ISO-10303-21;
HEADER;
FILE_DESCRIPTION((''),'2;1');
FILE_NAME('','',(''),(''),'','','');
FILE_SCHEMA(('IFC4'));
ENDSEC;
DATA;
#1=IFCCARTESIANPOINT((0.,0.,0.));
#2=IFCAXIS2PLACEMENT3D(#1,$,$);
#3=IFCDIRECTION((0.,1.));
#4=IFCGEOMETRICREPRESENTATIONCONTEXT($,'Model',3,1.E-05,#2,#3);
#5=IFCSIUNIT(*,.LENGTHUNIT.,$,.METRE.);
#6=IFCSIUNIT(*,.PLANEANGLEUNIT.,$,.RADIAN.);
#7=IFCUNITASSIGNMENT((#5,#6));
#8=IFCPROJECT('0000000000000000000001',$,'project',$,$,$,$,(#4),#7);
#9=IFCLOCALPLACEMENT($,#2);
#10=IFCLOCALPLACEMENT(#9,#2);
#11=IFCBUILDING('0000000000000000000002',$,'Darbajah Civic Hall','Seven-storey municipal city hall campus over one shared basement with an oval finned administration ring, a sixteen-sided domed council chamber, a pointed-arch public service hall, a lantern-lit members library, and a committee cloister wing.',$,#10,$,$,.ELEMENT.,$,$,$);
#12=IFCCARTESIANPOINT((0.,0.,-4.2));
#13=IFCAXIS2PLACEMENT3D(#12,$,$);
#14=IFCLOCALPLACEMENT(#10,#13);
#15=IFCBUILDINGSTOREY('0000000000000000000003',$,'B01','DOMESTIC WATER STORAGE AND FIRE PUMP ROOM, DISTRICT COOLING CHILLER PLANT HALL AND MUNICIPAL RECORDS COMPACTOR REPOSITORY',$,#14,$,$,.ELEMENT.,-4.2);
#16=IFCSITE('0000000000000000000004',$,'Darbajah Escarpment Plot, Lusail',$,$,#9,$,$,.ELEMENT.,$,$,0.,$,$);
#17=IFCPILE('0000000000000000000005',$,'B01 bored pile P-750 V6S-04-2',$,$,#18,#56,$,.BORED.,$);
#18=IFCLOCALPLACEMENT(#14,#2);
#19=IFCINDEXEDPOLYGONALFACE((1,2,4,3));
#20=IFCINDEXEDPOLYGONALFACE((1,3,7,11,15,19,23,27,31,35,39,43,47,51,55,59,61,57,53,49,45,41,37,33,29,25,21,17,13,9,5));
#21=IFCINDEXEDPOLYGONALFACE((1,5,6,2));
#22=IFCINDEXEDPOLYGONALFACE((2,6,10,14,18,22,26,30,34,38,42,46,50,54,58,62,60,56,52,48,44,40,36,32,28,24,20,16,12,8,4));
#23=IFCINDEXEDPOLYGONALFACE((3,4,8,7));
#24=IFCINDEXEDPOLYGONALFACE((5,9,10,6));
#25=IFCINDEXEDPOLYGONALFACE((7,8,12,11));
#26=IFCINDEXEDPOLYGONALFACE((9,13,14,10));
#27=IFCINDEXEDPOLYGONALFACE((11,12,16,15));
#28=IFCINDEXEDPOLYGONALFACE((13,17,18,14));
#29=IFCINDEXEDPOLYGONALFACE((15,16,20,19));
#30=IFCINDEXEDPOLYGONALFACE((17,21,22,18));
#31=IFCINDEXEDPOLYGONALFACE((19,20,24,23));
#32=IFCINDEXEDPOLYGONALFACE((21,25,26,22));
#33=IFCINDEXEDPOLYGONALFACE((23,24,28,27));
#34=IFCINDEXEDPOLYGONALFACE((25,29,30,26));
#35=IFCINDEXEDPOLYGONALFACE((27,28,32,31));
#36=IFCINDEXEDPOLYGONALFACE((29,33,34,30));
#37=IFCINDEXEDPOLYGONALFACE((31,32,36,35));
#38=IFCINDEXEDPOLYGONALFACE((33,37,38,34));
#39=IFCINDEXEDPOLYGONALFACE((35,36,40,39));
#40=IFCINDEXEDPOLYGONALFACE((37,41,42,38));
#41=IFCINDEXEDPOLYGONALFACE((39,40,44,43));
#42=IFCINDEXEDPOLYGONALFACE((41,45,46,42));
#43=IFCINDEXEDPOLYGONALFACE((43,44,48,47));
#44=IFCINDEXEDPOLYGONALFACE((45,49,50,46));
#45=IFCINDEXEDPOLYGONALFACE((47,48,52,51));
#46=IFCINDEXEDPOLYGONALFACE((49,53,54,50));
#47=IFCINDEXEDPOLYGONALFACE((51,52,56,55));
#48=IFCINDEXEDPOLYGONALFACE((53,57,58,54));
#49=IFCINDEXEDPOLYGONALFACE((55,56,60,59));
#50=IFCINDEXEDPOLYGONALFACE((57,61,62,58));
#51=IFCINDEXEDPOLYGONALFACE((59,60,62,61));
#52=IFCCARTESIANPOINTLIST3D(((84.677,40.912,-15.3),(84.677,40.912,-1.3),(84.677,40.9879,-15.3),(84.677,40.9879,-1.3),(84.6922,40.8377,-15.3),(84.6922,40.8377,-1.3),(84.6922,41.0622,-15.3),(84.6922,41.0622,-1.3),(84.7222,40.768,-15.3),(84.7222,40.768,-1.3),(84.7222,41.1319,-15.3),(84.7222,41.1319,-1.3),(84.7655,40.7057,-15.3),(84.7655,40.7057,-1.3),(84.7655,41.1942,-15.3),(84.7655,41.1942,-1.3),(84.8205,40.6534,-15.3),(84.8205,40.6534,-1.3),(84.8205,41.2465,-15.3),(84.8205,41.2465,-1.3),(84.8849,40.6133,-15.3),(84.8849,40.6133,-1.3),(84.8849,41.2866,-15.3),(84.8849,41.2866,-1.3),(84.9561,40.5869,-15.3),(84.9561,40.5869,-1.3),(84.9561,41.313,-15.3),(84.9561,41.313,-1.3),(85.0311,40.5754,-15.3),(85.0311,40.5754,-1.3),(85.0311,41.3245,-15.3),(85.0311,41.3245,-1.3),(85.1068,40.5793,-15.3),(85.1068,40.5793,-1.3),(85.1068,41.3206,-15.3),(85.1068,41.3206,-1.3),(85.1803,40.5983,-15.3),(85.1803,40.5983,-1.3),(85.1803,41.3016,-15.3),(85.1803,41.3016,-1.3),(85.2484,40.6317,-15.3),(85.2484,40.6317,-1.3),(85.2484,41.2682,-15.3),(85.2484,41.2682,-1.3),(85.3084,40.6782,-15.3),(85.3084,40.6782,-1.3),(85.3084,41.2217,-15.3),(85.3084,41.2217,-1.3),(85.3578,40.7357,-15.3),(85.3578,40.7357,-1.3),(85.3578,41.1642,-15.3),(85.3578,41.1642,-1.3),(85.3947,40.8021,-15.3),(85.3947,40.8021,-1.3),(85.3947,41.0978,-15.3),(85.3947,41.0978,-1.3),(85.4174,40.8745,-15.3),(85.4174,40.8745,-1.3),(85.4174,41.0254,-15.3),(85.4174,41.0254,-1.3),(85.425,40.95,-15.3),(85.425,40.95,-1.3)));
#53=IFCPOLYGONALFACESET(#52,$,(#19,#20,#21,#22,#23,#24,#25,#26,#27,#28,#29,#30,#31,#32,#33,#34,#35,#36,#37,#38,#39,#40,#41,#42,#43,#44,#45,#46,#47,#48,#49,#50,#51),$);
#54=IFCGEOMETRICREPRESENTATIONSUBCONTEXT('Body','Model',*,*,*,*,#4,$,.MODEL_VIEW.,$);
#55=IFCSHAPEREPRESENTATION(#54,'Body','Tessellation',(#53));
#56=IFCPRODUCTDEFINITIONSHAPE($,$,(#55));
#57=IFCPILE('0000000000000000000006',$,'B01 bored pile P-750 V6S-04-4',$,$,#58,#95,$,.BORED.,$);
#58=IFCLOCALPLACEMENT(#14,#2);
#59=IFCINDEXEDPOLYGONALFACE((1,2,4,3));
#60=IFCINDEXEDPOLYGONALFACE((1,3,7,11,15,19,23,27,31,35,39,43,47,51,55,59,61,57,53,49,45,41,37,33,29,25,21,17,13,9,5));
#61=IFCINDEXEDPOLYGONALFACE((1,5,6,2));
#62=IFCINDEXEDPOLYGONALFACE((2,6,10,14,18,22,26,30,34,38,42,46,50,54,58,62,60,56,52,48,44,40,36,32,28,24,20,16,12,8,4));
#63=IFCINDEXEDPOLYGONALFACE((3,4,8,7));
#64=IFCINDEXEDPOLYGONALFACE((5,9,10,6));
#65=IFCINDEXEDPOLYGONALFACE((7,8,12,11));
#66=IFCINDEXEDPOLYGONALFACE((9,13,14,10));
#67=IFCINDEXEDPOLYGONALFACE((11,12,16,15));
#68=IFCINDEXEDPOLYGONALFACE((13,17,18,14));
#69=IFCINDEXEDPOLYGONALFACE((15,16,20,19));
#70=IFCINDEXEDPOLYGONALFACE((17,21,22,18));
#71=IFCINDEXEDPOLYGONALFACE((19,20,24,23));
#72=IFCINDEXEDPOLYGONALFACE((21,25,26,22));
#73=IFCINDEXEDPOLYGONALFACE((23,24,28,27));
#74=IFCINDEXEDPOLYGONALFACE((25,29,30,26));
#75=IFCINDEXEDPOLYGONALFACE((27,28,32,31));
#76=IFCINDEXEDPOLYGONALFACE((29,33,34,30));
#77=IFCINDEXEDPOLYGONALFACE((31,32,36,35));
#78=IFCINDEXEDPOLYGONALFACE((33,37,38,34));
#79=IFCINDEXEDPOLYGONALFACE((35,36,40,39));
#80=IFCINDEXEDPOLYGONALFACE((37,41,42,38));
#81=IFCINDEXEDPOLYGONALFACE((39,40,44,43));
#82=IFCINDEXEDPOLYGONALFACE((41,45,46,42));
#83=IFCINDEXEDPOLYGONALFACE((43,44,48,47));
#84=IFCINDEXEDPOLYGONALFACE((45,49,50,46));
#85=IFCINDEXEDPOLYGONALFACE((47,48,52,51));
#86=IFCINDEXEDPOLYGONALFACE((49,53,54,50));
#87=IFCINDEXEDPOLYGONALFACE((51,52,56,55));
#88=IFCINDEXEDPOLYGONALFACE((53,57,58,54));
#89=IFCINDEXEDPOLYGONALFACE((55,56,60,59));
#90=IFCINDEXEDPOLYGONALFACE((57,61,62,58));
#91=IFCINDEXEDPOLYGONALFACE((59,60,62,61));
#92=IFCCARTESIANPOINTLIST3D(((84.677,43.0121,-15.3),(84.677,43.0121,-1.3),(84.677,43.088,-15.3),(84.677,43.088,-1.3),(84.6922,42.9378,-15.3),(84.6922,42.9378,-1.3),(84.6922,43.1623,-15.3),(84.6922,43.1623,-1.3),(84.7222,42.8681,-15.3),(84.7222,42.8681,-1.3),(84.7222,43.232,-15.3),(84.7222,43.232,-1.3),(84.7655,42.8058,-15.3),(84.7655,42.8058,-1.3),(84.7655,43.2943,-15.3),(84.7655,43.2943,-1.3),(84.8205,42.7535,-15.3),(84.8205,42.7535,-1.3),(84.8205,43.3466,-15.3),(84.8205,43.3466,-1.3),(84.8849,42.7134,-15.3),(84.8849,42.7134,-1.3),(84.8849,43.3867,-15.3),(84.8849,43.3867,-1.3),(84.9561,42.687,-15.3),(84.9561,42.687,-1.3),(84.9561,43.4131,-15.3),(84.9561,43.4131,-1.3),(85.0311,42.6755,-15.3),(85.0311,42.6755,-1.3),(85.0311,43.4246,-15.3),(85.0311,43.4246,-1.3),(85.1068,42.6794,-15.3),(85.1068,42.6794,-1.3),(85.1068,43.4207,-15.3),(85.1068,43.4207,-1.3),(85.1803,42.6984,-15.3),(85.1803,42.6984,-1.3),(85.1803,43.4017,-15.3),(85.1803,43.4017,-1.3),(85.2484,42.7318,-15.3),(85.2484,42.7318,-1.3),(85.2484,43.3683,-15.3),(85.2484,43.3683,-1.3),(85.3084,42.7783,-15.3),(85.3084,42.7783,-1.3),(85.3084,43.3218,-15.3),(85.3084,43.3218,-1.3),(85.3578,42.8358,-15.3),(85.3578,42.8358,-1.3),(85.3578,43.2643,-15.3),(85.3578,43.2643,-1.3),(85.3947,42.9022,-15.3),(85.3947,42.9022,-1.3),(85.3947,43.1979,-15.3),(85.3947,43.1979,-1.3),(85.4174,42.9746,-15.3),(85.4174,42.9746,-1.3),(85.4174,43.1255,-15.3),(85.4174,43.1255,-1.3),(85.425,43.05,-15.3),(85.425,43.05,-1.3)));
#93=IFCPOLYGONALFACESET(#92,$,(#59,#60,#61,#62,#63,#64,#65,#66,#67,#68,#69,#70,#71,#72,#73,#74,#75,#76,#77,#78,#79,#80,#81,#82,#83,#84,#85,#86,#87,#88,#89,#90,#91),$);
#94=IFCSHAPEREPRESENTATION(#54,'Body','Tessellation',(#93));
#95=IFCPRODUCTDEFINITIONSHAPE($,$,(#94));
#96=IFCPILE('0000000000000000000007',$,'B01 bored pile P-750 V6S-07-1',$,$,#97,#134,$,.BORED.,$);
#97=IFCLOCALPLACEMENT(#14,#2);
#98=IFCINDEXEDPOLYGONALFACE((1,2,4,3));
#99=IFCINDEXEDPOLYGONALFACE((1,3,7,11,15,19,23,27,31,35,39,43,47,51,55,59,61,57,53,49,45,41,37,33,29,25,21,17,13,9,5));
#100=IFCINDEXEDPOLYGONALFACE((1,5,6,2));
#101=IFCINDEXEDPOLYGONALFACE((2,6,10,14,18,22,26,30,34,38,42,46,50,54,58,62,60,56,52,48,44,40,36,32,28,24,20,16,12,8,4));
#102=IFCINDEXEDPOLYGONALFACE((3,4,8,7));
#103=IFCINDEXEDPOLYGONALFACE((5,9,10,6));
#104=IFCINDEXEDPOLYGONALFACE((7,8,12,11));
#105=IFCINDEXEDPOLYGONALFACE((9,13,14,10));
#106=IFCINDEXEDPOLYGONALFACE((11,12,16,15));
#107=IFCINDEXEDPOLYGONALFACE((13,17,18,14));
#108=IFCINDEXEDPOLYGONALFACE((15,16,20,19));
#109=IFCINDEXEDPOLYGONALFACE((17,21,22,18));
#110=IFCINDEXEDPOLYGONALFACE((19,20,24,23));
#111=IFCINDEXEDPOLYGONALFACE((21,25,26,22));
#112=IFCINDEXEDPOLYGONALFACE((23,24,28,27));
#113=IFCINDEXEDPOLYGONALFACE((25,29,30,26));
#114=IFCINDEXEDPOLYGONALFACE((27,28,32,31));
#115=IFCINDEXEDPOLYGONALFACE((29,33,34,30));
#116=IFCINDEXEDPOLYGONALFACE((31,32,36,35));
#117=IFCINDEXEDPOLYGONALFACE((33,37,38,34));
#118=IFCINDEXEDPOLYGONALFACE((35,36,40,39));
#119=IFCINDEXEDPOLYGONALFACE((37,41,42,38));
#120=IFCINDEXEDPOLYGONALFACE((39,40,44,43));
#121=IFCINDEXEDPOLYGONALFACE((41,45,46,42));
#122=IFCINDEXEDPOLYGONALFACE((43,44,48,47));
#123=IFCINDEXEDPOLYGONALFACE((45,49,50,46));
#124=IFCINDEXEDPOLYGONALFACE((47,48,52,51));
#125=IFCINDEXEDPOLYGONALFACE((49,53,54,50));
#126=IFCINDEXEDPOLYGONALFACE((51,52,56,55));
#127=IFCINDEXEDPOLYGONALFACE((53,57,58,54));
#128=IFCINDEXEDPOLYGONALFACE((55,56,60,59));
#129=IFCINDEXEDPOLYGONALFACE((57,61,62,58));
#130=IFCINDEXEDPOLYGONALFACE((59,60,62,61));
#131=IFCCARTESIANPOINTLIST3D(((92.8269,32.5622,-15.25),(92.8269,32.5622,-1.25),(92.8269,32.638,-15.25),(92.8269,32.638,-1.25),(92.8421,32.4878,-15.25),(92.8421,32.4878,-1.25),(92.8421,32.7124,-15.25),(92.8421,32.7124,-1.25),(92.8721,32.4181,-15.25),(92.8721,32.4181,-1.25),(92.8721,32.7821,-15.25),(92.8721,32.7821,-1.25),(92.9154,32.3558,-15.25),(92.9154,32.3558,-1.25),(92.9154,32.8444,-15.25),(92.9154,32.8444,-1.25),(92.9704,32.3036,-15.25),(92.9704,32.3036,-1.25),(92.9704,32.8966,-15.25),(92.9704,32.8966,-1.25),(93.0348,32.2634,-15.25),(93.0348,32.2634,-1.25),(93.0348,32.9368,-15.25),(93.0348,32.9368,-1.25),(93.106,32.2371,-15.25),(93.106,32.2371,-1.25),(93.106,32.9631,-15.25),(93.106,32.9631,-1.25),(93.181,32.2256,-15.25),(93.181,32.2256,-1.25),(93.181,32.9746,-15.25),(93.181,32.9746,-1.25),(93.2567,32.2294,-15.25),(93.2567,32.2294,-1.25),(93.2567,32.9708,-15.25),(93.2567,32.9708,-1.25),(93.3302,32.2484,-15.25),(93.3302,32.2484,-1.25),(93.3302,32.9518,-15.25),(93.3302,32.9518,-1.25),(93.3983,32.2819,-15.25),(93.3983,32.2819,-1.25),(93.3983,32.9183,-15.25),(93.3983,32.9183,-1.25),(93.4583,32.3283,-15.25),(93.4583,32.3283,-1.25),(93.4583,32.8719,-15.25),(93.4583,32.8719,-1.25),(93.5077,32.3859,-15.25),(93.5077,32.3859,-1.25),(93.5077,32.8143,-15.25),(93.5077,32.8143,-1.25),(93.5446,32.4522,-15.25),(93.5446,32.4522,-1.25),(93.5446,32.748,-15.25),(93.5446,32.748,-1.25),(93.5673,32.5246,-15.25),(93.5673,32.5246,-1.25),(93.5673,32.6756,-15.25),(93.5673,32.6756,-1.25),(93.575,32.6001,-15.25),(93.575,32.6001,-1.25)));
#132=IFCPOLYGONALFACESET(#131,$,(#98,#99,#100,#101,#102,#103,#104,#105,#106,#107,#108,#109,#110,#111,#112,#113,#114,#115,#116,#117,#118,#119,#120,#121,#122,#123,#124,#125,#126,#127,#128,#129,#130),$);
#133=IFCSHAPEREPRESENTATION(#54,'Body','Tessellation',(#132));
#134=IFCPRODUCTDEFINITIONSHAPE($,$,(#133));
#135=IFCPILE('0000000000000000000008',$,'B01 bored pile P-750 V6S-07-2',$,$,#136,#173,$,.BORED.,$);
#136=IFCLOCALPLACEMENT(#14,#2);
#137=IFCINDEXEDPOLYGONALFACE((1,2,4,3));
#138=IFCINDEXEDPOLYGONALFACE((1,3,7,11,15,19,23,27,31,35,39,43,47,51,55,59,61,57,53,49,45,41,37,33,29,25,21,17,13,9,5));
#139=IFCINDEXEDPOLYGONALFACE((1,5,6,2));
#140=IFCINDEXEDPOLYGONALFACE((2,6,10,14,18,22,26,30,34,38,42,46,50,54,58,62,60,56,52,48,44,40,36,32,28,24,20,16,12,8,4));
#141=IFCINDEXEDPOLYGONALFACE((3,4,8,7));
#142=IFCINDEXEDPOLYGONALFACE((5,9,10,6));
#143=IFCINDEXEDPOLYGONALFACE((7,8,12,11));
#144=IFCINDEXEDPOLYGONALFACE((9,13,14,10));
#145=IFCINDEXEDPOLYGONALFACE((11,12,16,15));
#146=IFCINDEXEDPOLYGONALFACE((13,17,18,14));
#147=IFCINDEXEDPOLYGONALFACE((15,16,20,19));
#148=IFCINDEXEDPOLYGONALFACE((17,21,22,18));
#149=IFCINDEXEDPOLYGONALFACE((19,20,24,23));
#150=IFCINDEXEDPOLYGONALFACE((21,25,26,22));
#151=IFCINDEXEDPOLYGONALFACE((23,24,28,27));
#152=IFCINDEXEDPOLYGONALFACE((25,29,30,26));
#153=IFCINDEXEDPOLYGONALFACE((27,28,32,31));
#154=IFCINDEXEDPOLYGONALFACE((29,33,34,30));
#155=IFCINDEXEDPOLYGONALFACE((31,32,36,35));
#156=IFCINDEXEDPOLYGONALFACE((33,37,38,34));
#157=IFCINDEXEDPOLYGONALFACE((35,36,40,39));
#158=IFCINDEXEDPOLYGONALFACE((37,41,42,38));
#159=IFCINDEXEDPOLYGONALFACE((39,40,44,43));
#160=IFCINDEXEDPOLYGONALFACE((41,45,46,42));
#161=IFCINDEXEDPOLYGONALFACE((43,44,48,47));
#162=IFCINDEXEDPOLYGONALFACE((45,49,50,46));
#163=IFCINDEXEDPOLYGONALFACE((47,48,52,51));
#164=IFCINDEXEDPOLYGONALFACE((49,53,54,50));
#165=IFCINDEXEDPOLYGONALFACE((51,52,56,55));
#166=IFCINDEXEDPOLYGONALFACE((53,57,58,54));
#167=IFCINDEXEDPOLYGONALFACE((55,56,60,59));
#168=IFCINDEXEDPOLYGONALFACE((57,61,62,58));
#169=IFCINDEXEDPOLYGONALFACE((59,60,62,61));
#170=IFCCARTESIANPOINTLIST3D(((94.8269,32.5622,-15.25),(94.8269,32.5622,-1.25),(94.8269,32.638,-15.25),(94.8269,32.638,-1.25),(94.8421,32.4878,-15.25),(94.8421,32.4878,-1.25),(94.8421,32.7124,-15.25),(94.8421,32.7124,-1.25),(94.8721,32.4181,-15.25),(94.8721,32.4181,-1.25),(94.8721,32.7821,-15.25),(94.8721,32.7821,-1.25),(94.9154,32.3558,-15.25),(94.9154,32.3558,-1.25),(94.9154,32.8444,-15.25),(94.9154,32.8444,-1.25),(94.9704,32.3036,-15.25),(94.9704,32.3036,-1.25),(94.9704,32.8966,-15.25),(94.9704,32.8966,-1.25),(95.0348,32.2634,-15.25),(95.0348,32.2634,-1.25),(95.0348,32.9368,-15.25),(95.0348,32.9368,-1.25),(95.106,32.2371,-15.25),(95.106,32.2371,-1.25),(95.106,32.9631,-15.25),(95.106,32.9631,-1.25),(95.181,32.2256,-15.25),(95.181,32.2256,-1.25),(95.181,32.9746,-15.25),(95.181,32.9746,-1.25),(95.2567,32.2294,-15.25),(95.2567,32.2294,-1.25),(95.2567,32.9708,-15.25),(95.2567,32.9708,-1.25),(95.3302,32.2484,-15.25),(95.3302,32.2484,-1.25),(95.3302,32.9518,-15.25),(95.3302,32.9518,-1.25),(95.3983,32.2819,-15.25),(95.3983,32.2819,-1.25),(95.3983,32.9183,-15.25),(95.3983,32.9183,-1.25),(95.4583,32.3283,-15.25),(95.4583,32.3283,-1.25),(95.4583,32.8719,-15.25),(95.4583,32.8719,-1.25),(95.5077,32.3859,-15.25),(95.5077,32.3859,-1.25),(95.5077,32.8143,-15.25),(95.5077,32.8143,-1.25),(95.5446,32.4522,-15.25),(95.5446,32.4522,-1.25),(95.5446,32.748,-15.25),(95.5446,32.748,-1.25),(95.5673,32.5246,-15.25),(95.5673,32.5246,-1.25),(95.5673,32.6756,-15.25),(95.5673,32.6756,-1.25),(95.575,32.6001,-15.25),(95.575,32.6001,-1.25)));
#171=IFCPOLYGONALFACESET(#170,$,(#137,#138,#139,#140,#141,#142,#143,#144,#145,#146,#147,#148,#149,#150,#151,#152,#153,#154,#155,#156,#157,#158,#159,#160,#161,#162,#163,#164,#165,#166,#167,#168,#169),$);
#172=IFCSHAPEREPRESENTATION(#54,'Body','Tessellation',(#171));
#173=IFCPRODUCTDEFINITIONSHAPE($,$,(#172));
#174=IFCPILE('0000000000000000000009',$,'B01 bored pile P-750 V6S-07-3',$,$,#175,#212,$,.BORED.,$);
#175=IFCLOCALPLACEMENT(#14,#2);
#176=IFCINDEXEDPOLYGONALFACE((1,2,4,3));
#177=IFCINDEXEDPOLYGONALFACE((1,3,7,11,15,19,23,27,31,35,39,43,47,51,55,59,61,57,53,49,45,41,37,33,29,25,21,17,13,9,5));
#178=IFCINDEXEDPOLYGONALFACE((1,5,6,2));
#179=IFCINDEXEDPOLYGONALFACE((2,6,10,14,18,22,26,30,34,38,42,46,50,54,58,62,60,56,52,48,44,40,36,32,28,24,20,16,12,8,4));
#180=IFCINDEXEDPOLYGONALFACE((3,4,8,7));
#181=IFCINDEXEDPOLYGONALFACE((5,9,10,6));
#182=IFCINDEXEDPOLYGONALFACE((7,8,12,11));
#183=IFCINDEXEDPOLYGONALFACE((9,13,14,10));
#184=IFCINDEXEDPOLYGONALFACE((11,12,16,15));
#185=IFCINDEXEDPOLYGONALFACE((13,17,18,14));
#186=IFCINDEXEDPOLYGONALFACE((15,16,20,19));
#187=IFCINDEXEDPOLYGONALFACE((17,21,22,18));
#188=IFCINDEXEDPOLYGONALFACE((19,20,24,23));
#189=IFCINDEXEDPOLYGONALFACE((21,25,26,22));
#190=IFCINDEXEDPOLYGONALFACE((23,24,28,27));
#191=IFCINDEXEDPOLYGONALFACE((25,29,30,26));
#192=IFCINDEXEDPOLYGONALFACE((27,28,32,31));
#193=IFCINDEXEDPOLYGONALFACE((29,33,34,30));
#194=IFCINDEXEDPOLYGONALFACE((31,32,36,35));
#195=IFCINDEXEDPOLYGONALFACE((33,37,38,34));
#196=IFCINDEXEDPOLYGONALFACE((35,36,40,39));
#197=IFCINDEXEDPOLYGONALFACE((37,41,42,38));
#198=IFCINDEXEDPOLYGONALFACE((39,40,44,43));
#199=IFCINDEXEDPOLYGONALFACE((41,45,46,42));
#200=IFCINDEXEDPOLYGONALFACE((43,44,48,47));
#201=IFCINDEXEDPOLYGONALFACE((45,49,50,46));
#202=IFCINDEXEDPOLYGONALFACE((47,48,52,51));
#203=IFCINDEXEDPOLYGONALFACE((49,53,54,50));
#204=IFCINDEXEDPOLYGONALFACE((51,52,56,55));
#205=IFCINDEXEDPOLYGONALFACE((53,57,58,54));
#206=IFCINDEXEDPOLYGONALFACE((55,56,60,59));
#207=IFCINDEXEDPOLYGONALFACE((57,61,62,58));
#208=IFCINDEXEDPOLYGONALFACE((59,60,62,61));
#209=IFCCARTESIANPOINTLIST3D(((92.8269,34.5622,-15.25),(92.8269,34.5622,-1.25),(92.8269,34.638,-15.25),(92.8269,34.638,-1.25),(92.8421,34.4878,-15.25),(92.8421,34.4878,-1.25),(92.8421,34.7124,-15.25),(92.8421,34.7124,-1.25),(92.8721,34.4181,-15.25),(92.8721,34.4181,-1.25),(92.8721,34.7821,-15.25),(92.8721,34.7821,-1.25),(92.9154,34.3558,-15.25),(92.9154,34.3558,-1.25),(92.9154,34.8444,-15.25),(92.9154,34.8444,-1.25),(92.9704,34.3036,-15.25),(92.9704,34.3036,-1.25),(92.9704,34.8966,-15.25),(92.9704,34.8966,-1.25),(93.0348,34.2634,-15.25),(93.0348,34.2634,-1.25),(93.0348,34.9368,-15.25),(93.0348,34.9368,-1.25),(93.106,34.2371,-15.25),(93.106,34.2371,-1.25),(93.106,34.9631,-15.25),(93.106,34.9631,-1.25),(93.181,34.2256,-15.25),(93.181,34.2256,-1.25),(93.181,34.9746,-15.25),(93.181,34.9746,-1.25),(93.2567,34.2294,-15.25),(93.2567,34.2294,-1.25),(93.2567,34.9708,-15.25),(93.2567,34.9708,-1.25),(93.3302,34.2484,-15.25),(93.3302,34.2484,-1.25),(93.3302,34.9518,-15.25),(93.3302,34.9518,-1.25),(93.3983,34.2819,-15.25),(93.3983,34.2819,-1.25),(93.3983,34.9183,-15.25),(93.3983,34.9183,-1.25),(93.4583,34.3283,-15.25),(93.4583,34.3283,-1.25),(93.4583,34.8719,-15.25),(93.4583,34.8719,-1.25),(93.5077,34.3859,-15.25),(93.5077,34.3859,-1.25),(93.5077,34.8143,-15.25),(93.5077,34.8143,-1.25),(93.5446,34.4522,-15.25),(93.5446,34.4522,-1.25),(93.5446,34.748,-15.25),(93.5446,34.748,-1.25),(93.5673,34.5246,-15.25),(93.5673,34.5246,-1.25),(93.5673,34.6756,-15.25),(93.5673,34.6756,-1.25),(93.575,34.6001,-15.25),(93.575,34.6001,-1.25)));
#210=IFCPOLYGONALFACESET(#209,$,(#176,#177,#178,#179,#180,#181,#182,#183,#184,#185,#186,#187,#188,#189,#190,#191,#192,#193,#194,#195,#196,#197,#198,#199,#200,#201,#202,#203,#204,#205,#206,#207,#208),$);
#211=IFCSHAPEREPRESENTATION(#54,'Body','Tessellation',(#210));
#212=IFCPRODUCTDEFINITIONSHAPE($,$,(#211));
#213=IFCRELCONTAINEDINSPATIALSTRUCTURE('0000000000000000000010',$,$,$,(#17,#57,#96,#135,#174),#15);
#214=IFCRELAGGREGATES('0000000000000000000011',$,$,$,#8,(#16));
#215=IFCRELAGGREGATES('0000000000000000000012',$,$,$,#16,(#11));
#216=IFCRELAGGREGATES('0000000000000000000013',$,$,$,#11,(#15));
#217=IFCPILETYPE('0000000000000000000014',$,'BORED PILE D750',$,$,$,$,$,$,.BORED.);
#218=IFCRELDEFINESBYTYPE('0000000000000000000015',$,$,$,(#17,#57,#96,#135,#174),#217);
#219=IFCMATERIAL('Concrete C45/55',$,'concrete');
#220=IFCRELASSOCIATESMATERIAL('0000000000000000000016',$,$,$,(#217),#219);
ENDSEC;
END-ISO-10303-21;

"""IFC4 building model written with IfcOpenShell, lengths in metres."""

from ifc_helpers import new_model, si_unit, direction, frame, origin, origin_2d, place, context, subcontext, project, spatial, circle, extrude, material, material_profile, profile_set, type_object, element, save


model = new_model("IFC4")

# Units and contexts
model_context = context("Model", 3, precision=1e-05, world=origin(), true_north=direction((0.0, 1.0)))
body_context = subcontext(model_context, "Body", "Model", "MODEL_VIEW")
ifc_project = project(units=[si_unit("LENGTHUNIT", "METRE"), si_unit("PLANEANGLEUNIT", "RADIAN")], contexts=[model_context])

# Site, building, storey
site_placement = place(None, origin())
site = spatial("IfcSite", under=ifc_project, at=site_placement, Name="Darbajah Escarpment Plot, Lusail", CompositionType="ELEMENT", RefElevation=0.0)
building_placement = place(site_placement, origin())
building = spatial("IfcBuilding", under=site, at=building_placement, Name="Darbajah Civic Hall", Description="Seven-storey municipal city hall campus over one shared basement with an oval finned administration ring, a sixteen-sided domed council chamber, a pointed-arch public service hall, a lantern-lit members library, and a committee cloister wing.", CompositionType="ELEMENT")
storey_placement = place(building_placement, frame((0.0, 0.0, -4.2)))
storey = spatial("IfcBuildingStorey", under=building, at=storey_placement, Name="B01", Description="DOMESTIC WATER STORAGE AND FIRE PUMP ROOM, DISTRICT COOLING CHILLER PLANT HALL AND MUNICIPAL RECORDS COMPACTOR REPOSITORY", CompositionType="ELEMENT", Elevation=-4.2)

# Piles
ifc_material_1 = material(Name="Concrete C45/55", Category="concrete")
ifc_material_profile_1 = material_profile(ifc_material_1, circle(Radius=0.375, at=origin_2d()), Name="BORED PILE D750")
ifc_profile_set_1 = profile_set([ifc_material_profile_1], Name="Concrete C45/55")
pile_type = type_object("IfcPileType", Name="BORED PILE D750", PredefinedType="BORED", material=ifc_profile_set_1)
for number, where, z_axis, x_axis, name in (
    (1, (85.05, 40.95, -1.3), (0.0, 0.0, -1.0), (1.0, 0.0, 0.0), "B01 bored pile P-750 V6S-04-2"),
    (2, (85.05, 43.05, -1.3), (0.0, 0.0, -1.0), (1.0, 0.0, 0.0), "B01 bored pile P-750 V6S-04-4"),
    (3, (93.2, 32.6001, -1.25), (0.0, 0.0, -1.0), (1.0, 0.0, 0.0), "B01 bored pile P-750 V6S-07-1"),
    (4, (95.2, 32.6001, -1.25), (0.0, 0.0, -1.0), (1.0, 0.0, 0.0), "B01 bored pile P-750 V6S-07-2"),
    (5, (93.2, 34.6001, -1.25), (0.0, 0.0, -1.0), (1.0, 0.0, 0.0), "B01 bored pile P-750 V6S-07-3"),
):
    element("IfcPile", number, at=place(storey_placement, frame(where, z_axis=z_axis, x_axis=x_axis)), inside=storey, type_object=pile_type, Name=name, PredefinedType="BORED", context=body_context, shape_type="SweptSolid", body=[
        extrude(circle(Radius=0.375, at=origin_2d()), origin(), (0.0, 0.0, 1.0), 14.0),
    ])

save(model, "model.ifc")
